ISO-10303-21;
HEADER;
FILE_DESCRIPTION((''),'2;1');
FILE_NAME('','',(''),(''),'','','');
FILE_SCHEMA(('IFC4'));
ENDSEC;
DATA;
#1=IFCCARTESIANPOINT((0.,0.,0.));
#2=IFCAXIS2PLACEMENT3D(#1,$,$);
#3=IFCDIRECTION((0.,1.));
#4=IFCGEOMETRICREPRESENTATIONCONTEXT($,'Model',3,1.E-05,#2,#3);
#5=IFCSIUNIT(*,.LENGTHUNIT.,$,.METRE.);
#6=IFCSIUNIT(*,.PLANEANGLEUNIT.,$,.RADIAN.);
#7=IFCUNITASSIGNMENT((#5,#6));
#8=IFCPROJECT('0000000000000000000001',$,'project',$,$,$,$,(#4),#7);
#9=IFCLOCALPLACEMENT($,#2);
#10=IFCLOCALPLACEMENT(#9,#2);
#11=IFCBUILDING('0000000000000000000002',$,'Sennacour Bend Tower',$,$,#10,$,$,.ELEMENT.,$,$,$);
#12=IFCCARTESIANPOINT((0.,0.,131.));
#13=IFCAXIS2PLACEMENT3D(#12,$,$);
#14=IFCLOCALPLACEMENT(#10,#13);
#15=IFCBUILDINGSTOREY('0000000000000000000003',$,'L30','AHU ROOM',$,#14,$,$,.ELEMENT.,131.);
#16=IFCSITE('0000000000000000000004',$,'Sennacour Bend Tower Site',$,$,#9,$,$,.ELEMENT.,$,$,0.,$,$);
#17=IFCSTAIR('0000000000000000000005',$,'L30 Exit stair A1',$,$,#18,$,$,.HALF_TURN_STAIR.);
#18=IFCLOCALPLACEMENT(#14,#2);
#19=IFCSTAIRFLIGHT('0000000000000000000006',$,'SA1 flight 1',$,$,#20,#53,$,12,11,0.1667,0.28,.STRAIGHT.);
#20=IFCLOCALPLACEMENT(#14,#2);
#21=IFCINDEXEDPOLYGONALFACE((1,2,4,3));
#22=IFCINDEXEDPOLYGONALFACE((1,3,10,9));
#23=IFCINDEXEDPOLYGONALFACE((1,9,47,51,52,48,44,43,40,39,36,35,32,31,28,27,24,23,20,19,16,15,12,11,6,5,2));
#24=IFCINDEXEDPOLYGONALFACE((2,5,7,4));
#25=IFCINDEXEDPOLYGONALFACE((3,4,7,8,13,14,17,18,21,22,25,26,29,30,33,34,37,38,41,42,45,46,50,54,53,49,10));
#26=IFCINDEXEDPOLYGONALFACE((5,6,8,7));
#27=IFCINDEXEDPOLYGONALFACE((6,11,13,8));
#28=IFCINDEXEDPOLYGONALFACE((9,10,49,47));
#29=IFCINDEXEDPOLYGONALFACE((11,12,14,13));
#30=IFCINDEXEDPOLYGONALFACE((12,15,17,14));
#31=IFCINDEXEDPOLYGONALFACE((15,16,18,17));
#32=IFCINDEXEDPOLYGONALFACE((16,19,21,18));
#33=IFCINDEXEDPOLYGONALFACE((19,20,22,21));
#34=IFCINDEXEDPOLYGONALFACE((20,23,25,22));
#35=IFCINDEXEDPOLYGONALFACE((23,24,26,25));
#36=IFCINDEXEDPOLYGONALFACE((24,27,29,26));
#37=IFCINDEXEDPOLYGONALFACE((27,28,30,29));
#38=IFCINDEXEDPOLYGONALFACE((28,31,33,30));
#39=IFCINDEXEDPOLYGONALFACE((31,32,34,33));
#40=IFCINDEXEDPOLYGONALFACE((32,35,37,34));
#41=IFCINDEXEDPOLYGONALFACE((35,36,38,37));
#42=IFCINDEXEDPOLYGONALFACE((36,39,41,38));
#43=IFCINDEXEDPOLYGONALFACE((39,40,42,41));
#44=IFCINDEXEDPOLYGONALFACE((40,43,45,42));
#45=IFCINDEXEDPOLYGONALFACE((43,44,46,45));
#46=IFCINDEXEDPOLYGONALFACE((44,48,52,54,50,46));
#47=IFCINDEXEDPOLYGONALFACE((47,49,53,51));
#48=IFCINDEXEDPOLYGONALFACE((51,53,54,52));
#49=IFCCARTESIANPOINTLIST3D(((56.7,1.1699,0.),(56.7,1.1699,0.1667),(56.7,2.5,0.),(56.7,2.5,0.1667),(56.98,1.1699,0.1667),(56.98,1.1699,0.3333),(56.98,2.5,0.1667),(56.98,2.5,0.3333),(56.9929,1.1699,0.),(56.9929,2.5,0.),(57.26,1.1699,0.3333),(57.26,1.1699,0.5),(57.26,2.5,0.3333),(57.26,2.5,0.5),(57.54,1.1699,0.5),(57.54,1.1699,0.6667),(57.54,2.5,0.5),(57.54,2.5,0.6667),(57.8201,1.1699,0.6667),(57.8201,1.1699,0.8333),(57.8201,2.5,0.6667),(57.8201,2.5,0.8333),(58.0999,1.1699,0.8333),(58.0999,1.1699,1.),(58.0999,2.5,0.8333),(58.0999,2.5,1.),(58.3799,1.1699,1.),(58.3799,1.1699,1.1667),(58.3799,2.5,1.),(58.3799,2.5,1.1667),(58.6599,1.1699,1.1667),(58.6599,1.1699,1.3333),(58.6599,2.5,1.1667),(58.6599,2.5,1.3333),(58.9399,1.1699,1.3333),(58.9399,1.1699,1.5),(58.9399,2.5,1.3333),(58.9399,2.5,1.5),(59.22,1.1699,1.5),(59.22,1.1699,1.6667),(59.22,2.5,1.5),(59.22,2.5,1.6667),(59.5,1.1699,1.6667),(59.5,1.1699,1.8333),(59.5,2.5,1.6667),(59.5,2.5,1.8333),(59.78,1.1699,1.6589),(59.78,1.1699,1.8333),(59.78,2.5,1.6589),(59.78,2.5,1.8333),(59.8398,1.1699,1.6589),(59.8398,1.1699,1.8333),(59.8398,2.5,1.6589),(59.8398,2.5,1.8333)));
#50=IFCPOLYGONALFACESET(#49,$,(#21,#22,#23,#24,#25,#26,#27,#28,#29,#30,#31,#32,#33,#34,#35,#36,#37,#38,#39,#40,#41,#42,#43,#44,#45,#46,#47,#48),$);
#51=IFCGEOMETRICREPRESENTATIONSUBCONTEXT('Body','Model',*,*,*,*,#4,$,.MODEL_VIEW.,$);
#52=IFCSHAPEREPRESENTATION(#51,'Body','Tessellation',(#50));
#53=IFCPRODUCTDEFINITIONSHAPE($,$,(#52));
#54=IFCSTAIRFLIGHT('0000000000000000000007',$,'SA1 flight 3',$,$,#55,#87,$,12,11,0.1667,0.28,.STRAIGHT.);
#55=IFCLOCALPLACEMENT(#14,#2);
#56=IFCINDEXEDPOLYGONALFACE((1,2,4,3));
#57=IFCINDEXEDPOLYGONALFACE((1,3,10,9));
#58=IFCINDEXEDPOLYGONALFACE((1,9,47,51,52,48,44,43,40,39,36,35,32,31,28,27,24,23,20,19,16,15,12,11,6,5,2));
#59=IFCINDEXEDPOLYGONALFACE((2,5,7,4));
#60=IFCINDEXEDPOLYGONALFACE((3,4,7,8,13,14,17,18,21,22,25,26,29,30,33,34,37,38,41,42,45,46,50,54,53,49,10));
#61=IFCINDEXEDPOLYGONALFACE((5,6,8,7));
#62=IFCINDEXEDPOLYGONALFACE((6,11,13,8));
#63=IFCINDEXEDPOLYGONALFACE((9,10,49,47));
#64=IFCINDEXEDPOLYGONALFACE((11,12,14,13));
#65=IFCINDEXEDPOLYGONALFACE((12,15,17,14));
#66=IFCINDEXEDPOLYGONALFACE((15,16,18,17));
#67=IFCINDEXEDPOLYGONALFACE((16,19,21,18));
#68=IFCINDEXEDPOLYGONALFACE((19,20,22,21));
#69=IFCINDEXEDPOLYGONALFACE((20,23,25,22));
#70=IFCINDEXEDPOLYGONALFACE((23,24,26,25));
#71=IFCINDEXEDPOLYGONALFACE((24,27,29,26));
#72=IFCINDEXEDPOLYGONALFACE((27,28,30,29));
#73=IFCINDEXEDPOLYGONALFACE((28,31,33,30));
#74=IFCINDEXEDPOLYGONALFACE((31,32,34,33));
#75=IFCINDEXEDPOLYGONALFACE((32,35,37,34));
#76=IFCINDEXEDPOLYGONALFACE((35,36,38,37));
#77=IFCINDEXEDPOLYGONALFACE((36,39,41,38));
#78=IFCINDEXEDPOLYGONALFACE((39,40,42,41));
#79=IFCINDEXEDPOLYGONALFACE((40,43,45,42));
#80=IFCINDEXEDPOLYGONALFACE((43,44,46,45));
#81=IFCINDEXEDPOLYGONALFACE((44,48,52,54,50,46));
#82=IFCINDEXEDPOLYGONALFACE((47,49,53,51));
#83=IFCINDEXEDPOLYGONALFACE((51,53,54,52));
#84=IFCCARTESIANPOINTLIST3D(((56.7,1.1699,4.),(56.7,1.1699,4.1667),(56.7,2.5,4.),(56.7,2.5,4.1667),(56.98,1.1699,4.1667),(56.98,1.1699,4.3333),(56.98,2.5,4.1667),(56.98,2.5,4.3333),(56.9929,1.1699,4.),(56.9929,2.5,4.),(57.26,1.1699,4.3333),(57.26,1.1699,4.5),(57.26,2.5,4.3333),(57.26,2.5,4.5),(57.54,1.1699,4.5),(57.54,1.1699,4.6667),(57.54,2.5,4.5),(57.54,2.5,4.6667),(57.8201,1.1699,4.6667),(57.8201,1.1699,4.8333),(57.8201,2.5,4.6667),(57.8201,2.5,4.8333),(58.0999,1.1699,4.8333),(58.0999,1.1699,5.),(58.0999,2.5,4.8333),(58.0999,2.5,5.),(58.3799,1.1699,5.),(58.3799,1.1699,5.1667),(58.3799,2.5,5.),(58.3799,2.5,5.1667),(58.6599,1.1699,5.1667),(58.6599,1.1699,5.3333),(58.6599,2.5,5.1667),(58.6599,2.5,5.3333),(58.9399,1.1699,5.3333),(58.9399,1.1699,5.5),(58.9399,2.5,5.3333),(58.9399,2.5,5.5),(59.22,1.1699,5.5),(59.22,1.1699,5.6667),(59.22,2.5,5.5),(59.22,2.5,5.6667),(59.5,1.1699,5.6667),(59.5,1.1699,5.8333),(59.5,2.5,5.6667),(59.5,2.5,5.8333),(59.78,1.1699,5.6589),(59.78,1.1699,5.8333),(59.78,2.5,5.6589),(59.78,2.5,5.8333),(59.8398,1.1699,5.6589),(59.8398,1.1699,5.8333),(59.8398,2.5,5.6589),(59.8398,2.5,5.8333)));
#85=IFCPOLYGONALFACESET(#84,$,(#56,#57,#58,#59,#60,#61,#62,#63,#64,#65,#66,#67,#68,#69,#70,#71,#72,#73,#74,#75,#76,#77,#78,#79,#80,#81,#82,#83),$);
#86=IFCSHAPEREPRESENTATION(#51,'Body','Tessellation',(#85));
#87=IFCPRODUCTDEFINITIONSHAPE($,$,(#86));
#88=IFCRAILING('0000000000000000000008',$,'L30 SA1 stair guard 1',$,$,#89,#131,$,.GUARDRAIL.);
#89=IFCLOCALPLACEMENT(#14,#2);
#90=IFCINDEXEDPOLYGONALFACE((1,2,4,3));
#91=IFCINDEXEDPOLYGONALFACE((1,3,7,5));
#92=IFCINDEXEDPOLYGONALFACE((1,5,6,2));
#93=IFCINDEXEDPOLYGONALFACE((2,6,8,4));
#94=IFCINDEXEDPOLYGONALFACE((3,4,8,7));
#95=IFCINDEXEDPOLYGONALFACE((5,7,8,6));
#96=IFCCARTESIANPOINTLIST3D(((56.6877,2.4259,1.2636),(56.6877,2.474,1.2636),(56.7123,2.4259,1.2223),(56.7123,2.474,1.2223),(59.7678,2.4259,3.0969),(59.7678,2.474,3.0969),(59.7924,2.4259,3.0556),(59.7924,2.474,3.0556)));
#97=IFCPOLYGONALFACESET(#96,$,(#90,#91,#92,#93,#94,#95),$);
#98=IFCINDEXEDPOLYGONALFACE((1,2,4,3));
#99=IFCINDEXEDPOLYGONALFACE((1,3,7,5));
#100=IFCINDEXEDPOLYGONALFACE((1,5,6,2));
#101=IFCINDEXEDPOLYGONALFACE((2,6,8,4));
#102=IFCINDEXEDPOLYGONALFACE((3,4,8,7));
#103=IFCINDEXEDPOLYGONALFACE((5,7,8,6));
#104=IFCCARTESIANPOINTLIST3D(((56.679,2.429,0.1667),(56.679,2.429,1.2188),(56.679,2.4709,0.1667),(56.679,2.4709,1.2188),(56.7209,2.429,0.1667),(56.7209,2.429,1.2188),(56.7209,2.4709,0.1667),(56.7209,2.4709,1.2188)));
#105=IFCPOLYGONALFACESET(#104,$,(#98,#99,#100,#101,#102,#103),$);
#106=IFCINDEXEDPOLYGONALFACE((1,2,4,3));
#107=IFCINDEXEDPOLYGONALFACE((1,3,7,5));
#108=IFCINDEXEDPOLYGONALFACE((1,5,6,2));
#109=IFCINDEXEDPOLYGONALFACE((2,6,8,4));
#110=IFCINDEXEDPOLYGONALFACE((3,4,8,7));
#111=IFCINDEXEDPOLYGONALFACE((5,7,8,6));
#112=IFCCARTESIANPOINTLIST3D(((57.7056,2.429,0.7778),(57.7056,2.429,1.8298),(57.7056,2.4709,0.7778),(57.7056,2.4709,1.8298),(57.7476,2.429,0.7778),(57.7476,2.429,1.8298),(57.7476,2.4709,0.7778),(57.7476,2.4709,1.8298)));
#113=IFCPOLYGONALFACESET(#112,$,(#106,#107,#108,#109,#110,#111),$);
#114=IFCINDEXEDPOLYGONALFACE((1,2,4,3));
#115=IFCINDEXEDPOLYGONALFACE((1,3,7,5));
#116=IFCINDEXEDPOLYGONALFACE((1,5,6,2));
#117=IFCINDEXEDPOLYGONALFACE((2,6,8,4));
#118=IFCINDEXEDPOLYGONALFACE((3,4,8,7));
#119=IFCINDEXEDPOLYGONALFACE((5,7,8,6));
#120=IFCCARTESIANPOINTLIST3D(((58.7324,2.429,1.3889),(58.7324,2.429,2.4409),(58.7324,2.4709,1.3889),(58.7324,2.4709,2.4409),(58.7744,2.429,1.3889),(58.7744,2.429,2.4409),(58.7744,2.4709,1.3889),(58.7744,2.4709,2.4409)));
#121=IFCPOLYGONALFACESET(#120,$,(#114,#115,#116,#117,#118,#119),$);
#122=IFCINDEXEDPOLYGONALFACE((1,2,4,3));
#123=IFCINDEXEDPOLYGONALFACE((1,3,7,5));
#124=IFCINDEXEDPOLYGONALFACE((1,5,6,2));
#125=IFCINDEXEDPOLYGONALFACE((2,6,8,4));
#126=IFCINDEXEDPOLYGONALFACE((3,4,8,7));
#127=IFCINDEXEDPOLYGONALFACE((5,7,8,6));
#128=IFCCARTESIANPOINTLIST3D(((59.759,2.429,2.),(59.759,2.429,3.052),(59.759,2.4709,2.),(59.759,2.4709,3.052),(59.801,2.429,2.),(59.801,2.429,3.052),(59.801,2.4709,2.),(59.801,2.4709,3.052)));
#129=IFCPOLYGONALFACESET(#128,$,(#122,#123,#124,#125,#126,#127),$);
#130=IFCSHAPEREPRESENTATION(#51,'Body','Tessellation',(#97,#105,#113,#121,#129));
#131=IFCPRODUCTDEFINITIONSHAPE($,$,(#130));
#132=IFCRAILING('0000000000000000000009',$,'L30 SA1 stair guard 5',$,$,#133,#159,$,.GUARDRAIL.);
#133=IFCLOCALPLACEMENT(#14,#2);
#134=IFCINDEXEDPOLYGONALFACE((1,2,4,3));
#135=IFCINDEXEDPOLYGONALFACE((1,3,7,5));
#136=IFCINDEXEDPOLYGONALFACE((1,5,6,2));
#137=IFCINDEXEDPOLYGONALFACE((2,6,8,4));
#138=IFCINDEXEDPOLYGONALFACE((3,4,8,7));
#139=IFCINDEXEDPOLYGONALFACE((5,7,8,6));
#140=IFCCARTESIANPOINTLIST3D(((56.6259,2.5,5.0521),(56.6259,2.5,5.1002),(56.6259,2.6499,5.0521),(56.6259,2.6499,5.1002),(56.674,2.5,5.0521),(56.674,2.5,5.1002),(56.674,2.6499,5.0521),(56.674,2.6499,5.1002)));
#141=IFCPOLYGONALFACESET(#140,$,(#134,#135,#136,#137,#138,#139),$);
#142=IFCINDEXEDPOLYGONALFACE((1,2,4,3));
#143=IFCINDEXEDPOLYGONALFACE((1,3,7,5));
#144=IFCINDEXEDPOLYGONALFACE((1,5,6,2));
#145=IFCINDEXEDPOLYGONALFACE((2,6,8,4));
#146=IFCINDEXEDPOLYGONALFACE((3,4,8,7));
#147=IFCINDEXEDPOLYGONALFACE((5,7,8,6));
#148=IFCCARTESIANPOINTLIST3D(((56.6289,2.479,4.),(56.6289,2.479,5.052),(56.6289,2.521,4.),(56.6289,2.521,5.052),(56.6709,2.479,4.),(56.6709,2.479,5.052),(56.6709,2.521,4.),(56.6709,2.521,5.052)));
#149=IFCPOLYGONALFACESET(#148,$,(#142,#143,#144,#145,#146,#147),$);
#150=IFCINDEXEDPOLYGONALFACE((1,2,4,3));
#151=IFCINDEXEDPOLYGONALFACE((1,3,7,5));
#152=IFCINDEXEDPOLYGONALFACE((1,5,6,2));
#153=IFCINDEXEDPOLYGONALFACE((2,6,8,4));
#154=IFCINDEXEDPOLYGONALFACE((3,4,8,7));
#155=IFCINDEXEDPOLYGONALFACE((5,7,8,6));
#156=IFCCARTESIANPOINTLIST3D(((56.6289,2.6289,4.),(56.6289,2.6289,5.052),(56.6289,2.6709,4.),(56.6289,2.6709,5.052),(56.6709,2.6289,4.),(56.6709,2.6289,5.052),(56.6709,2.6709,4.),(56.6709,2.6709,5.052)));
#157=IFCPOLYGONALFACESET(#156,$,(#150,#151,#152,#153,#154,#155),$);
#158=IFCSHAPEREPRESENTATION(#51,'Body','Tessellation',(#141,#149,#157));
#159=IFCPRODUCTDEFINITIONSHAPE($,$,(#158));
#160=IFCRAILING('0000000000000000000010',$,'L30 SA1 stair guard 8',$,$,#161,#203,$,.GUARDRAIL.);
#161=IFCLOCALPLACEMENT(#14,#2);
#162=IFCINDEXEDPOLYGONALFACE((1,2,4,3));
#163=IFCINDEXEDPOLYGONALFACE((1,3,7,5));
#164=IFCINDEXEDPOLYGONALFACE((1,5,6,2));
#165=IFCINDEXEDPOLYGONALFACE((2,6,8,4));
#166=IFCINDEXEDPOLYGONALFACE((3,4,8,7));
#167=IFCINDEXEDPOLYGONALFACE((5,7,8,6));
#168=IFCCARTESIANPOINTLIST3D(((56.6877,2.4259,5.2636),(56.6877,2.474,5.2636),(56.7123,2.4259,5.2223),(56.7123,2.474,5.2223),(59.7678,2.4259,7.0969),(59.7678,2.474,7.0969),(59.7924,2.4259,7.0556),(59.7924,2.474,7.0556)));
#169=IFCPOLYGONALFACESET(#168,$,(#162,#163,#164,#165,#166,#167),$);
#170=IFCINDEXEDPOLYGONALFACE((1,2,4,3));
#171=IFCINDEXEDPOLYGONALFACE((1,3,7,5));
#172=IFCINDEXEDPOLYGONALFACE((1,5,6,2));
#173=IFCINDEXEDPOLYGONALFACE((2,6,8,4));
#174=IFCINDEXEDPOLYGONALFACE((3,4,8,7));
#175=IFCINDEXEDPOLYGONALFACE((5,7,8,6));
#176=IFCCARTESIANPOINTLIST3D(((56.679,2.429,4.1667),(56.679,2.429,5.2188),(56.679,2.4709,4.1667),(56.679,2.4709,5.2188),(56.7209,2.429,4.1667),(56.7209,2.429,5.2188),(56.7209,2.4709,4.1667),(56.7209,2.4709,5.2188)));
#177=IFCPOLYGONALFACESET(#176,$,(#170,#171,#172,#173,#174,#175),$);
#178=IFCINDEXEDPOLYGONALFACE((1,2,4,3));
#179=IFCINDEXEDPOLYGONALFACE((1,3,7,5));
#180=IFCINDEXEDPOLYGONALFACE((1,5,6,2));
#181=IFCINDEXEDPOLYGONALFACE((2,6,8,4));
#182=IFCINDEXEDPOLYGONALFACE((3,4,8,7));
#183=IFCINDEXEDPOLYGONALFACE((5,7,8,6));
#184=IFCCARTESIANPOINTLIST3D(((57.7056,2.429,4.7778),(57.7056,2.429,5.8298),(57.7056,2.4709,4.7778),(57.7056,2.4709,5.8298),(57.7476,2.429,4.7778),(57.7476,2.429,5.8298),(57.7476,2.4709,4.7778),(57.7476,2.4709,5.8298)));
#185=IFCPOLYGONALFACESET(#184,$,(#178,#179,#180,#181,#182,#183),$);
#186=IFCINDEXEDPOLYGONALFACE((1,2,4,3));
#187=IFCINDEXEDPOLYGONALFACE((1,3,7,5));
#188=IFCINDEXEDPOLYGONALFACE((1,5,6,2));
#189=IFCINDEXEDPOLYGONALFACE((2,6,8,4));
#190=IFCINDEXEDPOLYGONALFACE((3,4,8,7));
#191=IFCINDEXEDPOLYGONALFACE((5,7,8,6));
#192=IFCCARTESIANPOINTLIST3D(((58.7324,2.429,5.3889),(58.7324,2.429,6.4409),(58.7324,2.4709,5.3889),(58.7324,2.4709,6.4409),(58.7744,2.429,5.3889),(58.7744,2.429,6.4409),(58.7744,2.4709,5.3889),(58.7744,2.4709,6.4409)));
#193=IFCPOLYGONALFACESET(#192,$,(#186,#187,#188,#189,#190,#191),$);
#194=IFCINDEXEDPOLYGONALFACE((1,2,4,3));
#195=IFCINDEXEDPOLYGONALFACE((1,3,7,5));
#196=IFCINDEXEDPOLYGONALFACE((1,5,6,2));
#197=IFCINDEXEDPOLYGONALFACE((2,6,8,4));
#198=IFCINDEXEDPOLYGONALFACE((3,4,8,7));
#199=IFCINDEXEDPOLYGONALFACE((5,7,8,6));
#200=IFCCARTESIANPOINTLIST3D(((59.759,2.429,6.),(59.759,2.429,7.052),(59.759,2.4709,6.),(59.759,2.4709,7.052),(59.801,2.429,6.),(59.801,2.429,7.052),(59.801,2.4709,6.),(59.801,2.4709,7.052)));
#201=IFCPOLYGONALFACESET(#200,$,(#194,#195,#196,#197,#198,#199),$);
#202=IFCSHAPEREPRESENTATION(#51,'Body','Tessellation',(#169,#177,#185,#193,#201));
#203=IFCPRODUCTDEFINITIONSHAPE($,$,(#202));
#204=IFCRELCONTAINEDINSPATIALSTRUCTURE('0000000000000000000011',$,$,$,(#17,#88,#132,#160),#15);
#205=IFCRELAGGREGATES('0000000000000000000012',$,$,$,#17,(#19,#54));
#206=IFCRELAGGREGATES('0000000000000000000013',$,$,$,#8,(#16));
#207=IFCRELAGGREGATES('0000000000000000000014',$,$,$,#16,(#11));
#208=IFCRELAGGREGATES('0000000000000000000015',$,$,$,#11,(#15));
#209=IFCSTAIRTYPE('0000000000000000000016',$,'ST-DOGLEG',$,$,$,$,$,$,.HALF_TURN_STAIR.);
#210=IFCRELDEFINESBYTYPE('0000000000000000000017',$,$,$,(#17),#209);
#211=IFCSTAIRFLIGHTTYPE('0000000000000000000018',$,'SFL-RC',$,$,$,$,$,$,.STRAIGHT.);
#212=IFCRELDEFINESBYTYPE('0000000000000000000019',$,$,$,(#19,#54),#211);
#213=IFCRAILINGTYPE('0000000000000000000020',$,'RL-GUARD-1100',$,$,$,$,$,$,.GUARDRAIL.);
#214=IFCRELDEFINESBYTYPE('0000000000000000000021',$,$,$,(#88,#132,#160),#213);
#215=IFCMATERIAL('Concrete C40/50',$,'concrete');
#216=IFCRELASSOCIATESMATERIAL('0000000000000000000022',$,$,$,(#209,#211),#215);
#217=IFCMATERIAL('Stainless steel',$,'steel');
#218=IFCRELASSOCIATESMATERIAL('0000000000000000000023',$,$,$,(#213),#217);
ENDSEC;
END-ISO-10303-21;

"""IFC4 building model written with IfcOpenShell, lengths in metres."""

from ifc_helpers import new_model, si_unit, direction, frame, origin, origin_2d, place, context, subcontext, project, spatial, polyline, rectangle, outline, extrude, material, type_object, element, aggregate, save


model = new_model("IFC4")

# Units and contexts
model_context = context("Model", 3, precision=1e-05, world=origin(), true_north=direction((0.0, 1.0)))
body_context = subcontext(model_context, "Body", "Model", "MODEL_VIEW")
ifc_project = project(units=[si_unit("LENGTHUNIT", "METRE"), si_unit("PLANEANGLEUNIT", "RADIAN")], contexts=[model_context])

# Site, building, storey
site_placement = place(None, origin())
site = spatial("IfcSite", under=ifc_project, at=site_placement, Name="Sennacour Bend Tower Site", CompositionType="ELEMENT", RefElevation=0.0)
building_placement = place(site_placement, origin())
building = spatial("IfcBuilding", under=site, at=building_placement, Name="Sennacour Bend Tower", CompositionType="ELEMENT")
storey_placement = place(building_placement, frame((0.0, 0.0, 131.0)))
storey = spatial("IfcBuildingStorey", under=building, at=storey_placement, Name="L30", Description="AHU ROOM", CompositionType="ELEMENT", Elevation=131.0)

# Shared definitions
ifc_material_1 = material(Name="Stainless steel", Category="steel")

# Stair, stair flights
ifc_material_2 = material(Name="Concrete C40/50", Category="concrete")
stair_type = type_object("IfcStairType", Name="ST-DOGLEG", PredefinedType="HALF_TURN_STAIR", material=ifc_material_2)
stair_placement = place(storey_placement, origin())
stair = element("IfcStair", 1, at=stair_placement, inside=storey, type_object=stair_type, Name="L30 Exit stair A1", PredefinedType="HALF_TURN_STAIR")
stair_flight_type = type_object("IfcStairFlightType", Name="SFL-RC", PredefinedType="STRAIGHT", material=ifc_material_2)
stair_flight_1_placement = place(storey_placement, frame((56.7, 1.835, 0.0), z_axis=(0.0, 0.0, 1.0), x_axis=(1.0, 0.0, 0.0)))
stair_flight_1 = element("IfcStairFlight", 2, at=stair_flight_1_placement, type_object=stair_flight_type, Name="SA1 flight 1", NumberOfRisers=12, NumberOfTreads=11, PredefinedType="STRAIGHT", RiserHeight=0.1667, TreadLength=0.28, context=body_context, shape_type="SweptSolid", body=[
    extrude(outline(polyline([(0.0, 0.0), (0.0, 0.1667), (0.28, 0.1667), (0.28, 0.3333), (0.5601, 0.3333), (0.5601, 0.5), (0.8401, 0.5), (0.8401, 0.6667), (1.1201, 0.6667), (1.1201, 0.8333), (1.3999, 0.8333), (1.3999, 1.0), (1.6799, 1.0), (1.6799, 1.1667), (1.96, 1.1667), (1.96, 1.3333), (2.24, 1.3333), (2.24, 1.5), (2.52, 1.5), (2.52, 1.6667), (2.8, 1.6667), (2.8, 1.8333), (3.0801, 1.8333), (3.1399, 1.8333), (3.1399, 1.6589), (3.0801, 1.6589), (0.293, 0.0), (0.0, 0.0)])), frame((0.0, 0.665, 0.0), z_axis=(0.0, -1.0, 0.0), x_axis=(1.0, 0.0, 0.0)), (0.0, 0.0, 1.0), 1.3301),
])
stair_flight_2_placement = place(storey_placement, frame((56.7, 1.835, 4.0), z_axis=(0.0, 0.0, 1.0), x_axis=(1.0, 0.0, 0.0)))
stair_flight_2 = element("IfcStairFlight", 3, at=stair_flight_2_placement, type_object=stair_flight_type, Name="SA1 flight 3", NumberOfRisers=12, NumberOfTreads=11, PredefinedType="STRAIGHT", RiserHeight=0.1667, TreadLength=0.28, context=body_context, shape_type="SweptSolid", body=[
    extrude(outline(polyline([(0.0, 0.0), (0.0, 0.1667), (0.28, 0.1667), (0.28, 0.3333), (0.5601, 0.3333), (0.5601, 0.5), (0.8401, 0.5), (0.8401, 0.6667), (1.1201, 0.6667), (1.1201, 0.8333), (1.3999, 0.8333), (1.3999, 1.0), (1.6799, 1.0), (1.6799, 1.1667), (1.96, 1.1667), (1.96, 1.3333), (2.24, 1.3333), (2.24, 1.5), (2.52, 1.5), (2.52, 1.6667), (2.8, 1.6667), (2.8, 1.8333), (3.0801, 1.8333), (3.1399, 1.8333), (3.1399, 1.6589), (3.0801, 1.6589), (0.293, 0.0), (0.0, 0.0)])), frame((0.0, 0.665, 0.0), z_axis=(0.0, -1.0, 0.0), x_axis=(1.0, 0.0, 0.0)), (0.0, 0.0, 1.0), 1.3301),
])
aggregate(stair, [stair_flight_1, stair_flight_2])

# Railings
railing_type_1 = type_object("IfcRailingType", Name="RL-GUARD-1100", PredefinedType="GUARDRAIL", material=ifc_material_1)
railing_1_placement = place(storey_placement, frame((56.7, 2.45, 0.1667)))
element("IfcRailing", 4, at=railing_1_placement, inside=storey, type_object=railing_type_1, Name="L30 SA1 stair guard 1", PredefinedType="GUARDRAIL", context=body_context, shape_type="SweptSolid", body=[
    extrude(rectangle(XDim=0.0481, YDim=0.0481, at=origin_2d()), frame((0.0, 0.0, 1.0762), z_axis=(0.859309, 0.0, 0.511458), x_axis=(0.0, 1.0, 0.0)), (0.0, 0.0, 1.0), 3.5845),
    extrude(rectangle(XDim=0.042, YDim=0.042, at=origin_2d()), origin(), (0.0, 0.0, 1.0), 1.052),
    extrude(rectangle(XDim=0.042, YDim=0.042, at=origin_2d()), frame((1.0266, 0.0, 0.6111)), (0.0, 0.0, 1.0), 1.052),
    extrude(rectangle(XDim=0.042, YDim=0.042, at=origin_2d()), frame((2.0535, 0.0, 1.2222)), (0.0, 0.0, 1.0), 1.052),
    extrude(rectangle(XDim=0.042, YDim=0.042, at=origin_2d()), frame((3.0801, 0.0, 1.8333)), (0.0, 0.0, 1.0), 1.052),
])
railing_2_placement = place(storey_placement, frame((56.6499, 2.5, 4.0)))
element("IfcRailing", 5, at=railing_2_placement, inside=storey, type_object=railing_type_1, Name="L30 SA1 stair guard 5", PredefinedType="GUARDRAIL", context=body_context, shape_type="SweptSolid", body=[
    extrude(rectangle(XDim=0.0481, YDim=0.0481, at=origin_2d()), frame((0.0, 0.0, 1.0762), z_axis=(0.0, 1.0, 0.0), x_axis=(-1.0, 0.0, 0.0)), (0.0, 0.0, 1.0), 0.1499),
    extrude(rectangle(XDim=0.042, YDim=0.042, at=origin_2d()), origin(), (0.0, 0.0, 1.0), 1.052),
    extrude(rectangle(XDim=0.042, YDim=0.042, at=origin_2d()), frame((0.0, 0.1499, 0.0)), (0.0, 0.0, 1.0), 1.052),
])
railing_3_placement = place(storey_placement, frame((56.7, 2.45, 4.1667)))
element("IfcRailing", 6, at=railing_3_placement, inside=storey, type_object=railing_type_1, Name="L30 SA1 stair guard 8", PredefinedType="GUARDRAIL", context=body_context, shape_type="SweptSolid", body=[
    extrude(rectangle(XDim=0.0481, YDim=0.0481, at=origin_2d()), frame((0.0, 0.0, 1.0762), z_axis=(0.859309, 0.0, 0.511458), x_axis=(0.0, 1.0, 0.0)), (0.0, 0.0, 1.0), 3.5845),
    extrude(rectangle(XDim=0.042, YDim=0.042, at=origin_2d()), origin(), (0.0, 0.0, 1.0), 1.052),
    extrude(rectangle(XDim=0.042, YDim=0.042, at=origin_2d()), frame((1.0266, 0.0, 0.6111)), (0.0, 0.0, 1.0), 1.052),
    extrude(rectangle(XDim=0.042, YDim=0.042, at=origin_2d()), frame((2.0535, 0.0, 1.2222)), (0.0, 0.0, 1.0), 1.052),
    extrude(rectangle(XDim=0.042, YDim=0.042, at=origin_2d()), frame((3.0801, 0.0, 1.8333)), (0.0, 0.0, 1.0), 1.052),
])

save(model, "model.ifc")
